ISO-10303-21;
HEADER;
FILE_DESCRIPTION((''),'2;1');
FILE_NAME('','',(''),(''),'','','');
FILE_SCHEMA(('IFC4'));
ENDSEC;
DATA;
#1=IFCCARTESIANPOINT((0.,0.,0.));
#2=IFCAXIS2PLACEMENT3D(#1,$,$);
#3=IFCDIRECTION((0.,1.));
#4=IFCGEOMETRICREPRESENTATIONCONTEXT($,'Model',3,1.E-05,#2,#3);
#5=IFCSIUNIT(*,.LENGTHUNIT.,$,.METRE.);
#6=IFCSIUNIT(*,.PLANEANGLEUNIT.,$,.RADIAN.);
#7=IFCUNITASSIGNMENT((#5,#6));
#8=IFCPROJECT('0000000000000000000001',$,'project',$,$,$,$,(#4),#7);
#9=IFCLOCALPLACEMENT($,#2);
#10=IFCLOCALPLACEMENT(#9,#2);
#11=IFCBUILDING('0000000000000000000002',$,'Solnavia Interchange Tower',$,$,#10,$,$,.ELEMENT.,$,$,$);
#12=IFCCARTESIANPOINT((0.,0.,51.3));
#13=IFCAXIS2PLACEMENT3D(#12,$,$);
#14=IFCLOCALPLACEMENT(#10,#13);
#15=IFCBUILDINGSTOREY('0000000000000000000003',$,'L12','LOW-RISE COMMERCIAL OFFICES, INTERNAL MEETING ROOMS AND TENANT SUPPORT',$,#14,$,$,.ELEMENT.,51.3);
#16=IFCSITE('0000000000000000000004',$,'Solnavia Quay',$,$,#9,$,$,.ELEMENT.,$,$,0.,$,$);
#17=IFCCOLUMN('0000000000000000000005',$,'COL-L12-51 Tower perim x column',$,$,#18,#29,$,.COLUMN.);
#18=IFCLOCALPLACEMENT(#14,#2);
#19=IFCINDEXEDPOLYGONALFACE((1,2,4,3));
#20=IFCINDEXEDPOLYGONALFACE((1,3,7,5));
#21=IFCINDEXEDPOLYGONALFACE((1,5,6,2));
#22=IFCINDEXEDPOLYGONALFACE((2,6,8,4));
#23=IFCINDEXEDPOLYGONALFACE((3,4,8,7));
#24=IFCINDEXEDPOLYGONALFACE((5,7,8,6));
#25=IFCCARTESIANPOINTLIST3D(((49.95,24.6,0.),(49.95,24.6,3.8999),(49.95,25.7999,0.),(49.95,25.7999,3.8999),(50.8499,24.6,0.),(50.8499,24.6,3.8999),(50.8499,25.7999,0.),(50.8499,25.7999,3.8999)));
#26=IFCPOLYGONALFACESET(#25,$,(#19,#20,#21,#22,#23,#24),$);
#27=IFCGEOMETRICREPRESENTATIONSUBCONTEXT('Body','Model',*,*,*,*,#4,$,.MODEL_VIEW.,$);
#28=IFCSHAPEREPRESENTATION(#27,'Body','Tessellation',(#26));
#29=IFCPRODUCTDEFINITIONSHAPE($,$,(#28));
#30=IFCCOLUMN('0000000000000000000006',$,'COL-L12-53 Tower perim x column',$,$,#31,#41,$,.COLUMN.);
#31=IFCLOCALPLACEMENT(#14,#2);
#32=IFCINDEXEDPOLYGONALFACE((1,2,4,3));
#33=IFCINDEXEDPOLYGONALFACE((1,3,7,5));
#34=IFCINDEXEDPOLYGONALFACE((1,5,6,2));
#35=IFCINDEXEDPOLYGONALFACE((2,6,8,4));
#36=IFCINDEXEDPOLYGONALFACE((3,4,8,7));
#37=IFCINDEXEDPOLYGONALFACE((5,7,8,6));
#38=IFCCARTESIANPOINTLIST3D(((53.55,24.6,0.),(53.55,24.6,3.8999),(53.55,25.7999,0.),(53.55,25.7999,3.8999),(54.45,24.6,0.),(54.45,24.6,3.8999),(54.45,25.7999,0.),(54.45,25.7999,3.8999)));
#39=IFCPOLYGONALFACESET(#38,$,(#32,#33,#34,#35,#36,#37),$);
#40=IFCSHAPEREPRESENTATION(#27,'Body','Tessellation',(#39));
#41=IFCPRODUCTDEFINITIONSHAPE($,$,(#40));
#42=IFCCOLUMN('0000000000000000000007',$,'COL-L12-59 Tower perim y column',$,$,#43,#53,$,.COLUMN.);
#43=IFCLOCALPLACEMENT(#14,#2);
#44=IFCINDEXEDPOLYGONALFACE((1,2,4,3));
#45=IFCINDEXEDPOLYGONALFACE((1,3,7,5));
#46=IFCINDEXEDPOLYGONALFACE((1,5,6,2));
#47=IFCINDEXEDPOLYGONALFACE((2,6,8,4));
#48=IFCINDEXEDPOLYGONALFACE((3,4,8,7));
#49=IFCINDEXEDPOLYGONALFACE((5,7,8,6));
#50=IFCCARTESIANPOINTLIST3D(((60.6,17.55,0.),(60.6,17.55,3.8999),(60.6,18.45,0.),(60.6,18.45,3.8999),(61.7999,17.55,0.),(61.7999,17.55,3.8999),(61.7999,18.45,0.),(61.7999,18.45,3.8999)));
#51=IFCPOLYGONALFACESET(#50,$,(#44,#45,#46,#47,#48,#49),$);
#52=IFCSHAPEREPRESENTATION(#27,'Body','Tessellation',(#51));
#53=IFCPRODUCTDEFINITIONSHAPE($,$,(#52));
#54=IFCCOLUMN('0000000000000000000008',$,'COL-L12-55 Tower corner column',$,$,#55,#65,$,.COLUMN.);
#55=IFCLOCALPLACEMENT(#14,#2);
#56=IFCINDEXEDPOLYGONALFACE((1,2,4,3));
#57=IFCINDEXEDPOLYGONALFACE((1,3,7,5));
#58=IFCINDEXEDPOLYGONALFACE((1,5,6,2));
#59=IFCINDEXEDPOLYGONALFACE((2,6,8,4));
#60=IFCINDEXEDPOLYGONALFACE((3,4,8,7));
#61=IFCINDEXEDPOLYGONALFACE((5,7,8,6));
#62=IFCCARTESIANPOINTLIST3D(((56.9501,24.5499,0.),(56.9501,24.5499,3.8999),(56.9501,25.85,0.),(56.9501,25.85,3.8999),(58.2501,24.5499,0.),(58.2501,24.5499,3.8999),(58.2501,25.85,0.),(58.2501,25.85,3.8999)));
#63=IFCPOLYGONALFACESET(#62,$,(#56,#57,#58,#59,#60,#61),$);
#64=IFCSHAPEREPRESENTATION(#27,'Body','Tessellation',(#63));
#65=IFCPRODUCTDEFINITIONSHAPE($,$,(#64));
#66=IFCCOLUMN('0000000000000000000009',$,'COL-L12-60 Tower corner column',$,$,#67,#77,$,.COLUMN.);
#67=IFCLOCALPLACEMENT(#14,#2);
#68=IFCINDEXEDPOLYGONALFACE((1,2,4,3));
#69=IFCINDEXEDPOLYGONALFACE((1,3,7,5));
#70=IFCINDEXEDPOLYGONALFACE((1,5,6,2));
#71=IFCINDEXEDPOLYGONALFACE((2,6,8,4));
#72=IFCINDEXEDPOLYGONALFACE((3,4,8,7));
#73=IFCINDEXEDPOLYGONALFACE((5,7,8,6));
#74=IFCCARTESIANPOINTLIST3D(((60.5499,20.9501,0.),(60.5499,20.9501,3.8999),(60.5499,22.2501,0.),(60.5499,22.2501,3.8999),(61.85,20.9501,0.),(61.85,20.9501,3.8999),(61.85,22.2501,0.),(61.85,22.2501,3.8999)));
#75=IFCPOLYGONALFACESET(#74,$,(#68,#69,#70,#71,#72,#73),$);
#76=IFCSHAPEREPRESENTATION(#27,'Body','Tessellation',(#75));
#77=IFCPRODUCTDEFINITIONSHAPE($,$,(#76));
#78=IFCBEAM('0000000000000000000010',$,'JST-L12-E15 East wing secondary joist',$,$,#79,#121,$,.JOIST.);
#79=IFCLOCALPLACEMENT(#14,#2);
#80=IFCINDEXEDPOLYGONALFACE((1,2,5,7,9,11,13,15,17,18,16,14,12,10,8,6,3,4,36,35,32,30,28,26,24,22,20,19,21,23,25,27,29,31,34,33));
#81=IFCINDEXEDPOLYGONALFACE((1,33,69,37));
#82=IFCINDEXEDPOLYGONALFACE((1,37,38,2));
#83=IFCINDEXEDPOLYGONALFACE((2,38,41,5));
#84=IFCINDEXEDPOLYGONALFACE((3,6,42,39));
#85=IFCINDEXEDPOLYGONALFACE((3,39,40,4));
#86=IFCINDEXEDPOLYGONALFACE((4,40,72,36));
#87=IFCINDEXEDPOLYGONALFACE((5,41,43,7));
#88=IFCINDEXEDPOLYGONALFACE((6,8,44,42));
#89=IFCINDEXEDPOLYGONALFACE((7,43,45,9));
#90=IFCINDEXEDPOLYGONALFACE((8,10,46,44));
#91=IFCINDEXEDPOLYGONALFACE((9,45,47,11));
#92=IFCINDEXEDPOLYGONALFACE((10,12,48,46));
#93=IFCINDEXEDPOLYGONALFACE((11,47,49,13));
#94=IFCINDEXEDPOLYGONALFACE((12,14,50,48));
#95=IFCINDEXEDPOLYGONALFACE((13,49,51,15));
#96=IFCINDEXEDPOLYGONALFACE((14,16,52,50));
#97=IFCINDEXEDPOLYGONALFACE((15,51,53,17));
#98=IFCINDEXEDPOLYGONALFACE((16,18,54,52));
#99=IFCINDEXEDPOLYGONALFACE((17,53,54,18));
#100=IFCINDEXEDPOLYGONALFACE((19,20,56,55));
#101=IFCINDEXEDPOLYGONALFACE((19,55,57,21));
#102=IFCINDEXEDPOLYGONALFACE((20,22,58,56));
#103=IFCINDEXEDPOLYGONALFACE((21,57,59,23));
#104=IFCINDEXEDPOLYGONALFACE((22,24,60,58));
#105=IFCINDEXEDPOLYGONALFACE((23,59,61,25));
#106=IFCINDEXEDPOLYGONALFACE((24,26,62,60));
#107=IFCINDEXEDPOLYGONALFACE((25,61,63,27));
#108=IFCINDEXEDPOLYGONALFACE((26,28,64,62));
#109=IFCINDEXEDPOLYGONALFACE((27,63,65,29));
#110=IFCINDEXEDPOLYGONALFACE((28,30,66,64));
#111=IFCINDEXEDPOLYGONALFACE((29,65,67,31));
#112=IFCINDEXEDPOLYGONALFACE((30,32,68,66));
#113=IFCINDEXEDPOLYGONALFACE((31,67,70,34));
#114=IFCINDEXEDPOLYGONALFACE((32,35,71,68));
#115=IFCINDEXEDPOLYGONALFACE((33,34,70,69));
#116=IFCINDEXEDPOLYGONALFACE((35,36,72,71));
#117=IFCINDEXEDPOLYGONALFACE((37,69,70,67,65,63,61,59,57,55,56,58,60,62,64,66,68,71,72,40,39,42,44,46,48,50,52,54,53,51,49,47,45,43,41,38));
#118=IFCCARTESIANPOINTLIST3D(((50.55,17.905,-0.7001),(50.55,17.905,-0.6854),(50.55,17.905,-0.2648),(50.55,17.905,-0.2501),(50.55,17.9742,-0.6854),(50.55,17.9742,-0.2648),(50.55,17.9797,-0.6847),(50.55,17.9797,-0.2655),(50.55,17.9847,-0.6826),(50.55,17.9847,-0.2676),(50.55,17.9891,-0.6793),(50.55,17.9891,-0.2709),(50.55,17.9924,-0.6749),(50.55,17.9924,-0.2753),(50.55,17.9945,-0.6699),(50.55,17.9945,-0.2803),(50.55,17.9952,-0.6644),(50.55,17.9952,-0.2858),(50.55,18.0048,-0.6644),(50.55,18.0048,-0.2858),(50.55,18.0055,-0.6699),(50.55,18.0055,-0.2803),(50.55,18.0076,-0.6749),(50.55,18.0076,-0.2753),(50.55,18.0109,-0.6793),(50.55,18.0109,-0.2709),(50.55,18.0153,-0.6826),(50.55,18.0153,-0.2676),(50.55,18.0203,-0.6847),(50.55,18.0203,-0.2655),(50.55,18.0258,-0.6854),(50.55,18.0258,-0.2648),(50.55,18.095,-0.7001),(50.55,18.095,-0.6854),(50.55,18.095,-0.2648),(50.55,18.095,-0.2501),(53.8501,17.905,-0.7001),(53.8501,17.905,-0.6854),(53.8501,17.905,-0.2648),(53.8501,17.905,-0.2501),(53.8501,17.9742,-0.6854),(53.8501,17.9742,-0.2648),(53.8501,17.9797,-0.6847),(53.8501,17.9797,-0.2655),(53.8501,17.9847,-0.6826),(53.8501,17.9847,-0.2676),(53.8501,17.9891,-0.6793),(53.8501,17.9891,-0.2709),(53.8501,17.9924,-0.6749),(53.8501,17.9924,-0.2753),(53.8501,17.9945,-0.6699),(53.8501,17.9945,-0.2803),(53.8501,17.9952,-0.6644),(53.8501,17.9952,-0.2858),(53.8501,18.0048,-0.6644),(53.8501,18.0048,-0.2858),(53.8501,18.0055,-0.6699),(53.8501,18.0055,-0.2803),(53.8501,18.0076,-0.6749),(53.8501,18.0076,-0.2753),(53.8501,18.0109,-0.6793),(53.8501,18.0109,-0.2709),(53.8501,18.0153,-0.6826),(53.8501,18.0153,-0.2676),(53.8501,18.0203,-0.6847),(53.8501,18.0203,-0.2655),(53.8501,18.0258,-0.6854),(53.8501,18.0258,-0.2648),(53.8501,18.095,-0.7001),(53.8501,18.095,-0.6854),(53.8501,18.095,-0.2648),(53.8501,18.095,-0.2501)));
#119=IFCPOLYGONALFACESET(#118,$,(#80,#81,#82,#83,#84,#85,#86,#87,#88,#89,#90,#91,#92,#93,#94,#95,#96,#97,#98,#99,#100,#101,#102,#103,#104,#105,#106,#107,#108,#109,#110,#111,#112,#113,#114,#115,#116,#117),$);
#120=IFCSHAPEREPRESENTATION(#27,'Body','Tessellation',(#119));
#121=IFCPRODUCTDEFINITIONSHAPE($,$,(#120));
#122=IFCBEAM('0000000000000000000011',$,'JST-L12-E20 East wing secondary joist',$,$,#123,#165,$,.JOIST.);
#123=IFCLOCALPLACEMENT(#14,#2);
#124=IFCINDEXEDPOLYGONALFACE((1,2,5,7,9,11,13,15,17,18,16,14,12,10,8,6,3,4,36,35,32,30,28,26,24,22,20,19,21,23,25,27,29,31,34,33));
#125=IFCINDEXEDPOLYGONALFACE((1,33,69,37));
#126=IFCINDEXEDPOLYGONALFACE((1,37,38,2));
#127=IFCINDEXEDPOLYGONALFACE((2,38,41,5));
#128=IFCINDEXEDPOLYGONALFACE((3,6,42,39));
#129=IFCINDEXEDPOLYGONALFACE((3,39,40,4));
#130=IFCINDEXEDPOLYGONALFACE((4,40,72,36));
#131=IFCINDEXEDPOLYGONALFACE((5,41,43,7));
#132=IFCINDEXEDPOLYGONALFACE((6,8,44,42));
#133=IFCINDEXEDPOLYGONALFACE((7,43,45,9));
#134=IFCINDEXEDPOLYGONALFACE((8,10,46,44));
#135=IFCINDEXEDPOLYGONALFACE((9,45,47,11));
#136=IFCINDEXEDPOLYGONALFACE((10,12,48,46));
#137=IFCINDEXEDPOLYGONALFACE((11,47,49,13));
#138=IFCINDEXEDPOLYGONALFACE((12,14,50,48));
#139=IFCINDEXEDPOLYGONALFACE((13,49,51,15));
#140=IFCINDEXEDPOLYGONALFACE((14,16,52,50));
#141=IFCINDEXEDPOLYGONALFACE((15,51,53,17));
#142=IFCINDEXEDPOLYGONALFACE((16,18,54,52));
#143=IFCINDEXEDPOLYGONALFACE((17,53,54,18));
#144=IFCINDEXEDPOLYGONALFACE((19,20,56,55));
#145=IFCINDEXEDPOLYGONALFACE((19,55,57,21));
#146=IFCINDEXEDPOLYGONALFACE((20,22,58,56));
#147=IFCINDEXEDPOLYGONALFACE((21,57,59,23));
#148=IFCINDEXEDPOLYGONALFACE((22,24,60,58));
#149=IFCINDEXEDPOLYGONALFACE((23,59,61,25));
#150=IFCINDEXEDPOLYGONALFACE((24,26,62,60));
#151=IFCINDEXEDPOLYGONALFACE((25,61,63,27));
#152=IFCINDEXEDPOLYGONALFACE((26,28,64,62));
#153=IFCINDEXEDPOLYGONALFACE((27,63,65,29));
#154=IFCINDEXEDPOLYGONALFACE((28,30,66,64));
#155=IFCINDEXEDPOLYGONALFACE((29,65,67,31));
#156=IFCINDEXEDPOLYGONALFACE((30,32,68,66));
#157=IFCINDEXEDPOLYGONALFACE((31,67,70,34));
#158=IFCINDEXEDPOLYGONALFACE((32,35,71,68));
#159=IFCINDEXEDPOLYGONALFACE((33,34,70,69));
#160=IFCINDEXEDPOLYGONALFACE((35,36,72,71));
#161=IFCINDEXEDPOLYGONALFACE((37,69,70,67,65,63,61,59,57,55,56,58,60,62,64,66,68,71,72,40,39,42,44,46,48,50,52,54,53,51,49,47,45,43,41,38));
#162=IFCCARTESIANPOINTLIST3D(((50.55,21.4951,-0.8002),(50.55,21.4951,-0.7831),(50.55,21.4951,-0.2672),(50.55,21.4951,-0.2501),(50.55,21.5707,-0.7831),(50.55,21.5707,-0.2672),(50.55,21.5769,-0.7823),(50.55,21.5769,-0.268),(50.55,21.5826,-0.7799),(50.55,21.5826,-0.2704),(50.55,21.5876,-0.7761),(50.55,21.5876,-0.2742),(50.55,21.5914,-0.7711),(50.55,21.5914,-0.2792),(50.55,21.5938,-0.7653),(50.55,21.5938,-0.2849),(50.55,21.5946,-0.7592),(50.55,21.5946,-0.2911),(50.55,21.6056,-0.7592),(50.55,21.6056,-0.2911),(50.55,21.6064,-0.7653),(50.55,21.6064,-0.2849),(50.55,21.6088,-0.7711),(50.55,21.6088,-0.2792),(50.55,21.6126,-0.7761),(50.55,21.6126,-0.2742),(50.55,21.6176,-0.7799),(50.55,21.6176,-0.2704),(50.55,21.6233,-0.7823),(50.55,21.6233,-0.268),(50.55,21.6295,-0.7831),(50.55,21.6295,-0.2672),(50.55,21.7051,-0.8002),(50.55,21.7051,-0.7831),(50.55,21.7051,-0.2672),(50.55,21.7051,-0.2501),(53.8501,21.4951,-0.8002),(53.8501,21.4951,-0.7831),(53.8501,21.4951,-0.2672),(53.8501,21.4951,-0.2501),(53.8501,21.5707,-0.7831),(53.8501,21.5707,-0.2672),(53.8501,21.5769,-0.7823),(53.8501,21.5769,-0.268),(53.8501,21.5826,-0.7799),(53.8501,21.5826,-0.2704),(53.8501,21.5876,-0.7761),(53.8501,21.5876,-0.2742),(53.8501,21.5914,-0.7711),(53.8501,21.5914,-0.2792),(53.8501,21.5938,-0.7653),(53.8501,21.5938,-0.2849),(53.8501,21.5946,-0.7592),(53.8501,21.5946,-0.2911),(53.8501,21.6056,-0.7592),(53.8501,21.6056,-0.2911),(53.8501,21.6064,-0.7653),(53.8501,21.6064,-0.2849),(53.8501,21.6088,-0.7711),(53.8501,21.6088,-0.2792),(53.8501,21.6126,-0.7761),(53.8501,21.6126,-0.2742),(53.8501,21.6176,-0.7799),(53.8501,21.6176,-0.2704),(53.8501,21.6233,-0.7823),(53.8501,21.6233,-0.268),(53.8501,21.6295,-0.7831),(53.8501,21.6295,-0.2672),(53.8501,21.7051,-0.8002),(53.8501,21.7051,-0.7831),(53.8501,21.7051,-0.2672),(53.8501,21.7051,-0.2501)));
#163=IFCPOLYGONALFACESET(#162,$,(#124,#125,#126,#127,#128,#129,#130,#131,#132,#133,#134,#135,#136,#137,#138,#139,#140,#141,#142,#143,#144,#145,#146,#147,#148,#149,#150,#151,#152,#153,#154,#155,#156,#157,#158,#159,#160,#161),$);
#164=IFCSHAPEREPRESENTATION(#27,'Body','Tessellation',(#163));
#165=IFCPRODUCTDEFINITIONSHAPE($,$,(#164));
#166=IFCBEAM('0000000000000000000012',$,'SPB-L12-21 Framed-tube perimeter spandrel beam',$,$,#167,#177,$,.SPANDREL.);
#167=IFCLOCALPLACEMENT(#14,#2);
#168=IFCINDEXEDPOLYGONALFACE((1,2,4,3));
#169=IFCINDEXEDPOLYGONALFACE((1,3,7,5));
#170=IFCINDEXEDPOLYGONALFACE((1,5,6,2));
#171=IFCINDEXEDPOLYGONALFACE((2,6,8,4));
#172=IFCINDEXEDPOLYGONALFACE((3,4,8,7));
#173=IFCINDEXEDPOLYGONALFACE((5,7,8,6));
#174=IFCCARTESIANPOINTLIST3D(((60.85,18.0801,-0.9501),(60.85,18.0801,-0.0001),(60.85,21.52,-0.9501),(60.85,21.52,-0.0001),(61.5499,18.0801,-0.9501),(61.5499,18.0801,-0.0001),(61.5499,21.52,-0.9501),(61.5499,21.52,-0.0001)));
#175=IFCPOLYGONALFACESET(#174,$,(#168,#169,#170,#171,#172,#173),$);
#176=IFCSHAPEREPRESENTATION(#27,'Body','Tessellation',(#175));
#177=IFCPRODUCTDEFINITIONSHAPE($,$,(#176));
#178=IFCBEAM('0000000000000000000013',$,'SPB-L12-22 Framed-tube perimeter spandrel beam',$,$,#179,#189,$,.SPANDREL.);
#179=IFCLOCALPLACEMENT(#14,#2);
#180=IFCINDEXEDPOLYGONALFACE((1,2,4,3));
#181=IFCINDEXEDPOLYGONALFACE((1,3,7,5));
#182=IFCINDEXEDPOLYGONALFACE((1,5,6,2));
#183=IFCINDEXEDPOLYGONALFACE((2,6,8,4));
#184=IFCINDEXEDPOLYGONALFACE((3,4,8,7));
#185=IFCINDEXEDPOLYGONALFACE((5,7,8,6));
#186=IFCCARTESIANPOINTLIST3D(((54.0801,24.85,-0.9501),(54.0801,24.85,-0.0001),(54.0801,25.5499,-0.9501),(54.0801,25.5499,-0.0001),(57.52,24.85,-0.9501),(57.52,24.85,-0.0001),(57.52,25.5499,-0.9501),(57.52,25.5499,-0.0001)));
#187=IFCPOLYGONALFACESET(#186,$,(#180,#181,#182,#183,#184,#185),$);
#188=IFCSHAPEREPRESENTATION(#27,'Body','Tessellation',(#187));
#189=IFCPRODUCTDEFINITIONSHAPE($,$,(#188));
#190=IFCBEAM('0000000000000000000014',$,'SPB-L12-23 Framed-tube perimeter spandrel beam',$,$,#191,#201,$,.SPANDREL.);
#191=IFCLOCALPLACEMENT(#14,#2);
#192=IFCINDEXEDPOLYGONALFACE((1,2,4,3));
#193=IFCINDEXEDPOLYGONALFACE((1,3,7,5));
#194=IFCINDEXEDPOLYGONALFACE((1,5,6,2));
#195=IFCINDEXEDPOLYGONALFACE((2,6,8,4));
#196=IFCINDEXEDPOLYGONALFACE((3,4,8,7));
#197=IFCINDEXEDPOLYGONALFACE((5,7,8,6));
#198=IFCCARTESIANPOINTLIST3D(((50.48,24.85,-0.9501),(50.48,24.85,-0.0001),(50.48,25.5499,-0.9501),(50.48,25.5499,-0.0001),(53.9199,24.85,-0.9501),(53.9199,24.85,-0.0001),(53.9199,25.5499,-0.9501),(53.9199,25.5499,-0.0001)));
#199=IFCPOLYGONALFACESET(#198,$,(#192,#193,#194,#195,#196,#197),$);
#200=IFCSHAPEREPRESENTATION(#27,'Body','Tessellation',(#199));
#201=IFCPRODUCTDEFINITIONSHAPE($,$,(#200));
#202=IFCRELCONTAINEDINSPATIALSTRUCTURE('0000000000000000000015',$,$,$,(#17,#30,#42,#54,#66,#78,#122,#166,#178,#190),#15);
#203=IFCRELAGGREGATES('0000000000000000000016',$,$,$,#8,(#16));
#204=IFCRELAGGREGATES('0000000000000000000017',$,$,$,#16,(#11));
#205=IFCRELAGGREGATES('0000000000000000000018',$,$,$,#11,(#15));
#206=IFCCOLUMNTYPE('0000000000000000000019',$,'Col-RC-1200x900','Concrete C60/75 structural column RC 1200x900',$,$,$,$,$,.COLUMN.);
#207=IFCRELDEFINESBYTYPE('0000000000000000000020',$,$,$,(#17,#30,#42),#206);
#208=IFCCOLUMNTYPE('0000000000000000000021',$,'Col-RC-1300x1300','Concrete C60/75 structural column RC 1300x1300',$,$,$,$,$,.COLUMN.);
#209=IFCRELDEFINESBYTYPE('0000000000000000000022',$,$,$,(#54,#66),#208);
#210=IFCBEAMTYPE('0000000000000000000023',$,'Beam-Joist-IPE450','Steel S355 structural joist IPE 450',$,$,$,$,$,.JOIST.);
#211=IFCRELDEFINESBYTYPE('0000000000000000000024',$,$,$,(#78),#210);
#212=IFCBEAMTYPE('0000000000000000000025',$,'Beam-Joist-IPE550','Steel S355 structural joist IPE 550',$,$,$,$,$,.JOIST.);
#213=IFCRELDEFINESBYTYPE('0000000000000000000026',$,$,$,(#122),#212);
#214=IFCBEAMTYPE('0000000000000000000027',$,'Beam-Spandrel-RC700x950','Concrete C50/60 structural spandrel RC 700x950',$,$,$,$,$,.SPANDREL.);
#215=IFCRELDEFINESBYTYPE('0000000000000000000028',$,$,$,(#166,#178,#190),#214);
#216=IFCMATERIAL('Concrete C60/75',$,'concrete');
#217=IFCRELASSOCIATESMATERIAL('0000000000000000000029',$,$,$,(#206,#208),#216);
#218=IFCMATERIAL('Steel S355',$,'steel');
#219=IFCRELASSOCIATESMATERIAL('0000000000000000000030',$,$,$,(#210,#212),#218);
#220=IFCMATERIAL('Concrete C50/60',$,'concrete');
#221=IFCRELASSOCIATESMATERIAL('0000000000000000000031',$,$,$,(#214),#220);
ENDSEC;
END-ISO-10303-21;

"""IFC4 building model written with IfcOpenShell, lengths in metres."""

from ifc_helpers import new_model, si_unit, direction, frame, origin, origin_2d, place, context, subcontext, project, spatial, rectangle, i_section, extrude, material, material_profile, profile_set, type_object, element, save


model = new_model("IFC4")

# Units and contexts
model_context = context("Model", 3, precision=1e-05, world=origin(), true_north=direction((0.0, 1.0)))
body_context = subcontext(model_context, "Body", "Model", "MODEL_VIEW")
ifc_project = project(units=[si_unit("LENGTHUNIT", "METRE"), si_unit("PLANEANGLEUNIT", "RADIAN")], contexts=[model_context])

# Site, building, storey
site_placement = place(None, origin())
site = spatial("IfcSite", under=ifc_project, at=site_placement, Name="Solnavia Quay", CompositionType="ELEMENT", RefElevation=0.0)
building_placement = place(site_placement, origin())
building = spatial("IfcBuilding", under=site, at=building_placement, Name="Solnavia Interchange Tower", CompositionType="ELEMENT")
storey_placement = place(building_placement, frame((0.0, 0.0, 51.3)))
storey = spatial("IfcBuildingStorey", under=building, at=storey_placement, Name="L12", Description="LOW-RISE COMMERCIAL OFFICES, INTERNAL MEETING ROOMS AND TENANT SUPPORT", CompositionType="ELEMENT", Elevation=51.3)

# Columns
ifc_material_1 = material(Name="Concrete C60/75", Category="concrete")
ifc_material_profile_1 = material_profile(ifc_material_1, rectangle(XDim=0.8999, YDim=1.2, at=origin_2d()), Name="RC 1200x900")
ifc_profile_set_1 = profile_set([ifc_material_profile_1], Name="Concrete C60/75")
column_type_1 = type_object("IfcColumnType", Name="Col-RC-1200x900", Description="Concrete C60/75 structural column RC 1200x900", PredefinedType="COLUMN", material=ifc_profile_set_1)
for number, where, z_axis, x_axis, name in (
    (1, (50.3999, 25.2, 0.0), (0.0, 0.0, 1.0), (1.0, 0.0, 0.0), "COL-L12-51 Tower perim x column"),
    (2, (54.0, 25.2, 0.0), (0.0, 0.0, 1.0), (1.0, 0.0, 0.0), "COL-L12-53 Tower perim x column"),
    (3, (61.2, 18.0, 0.0), (0.0, 0.0, 1.0), (0.0, 1.0, 0.0), "COL-L12-59 Tower perim y column"),
):
    element("IfcColumn", number, at=place(storey_placement, frame(where, z_axis=z_axis, x_axis=x_axis)), inside=storey, type_object=column_type_1, Name=name, PredefinedType="COLUMN", context=body_context, shape_type="SweptSolid", body=[
        extrude(rectangle(XDim=0.8999, YDim=1.2, at=origin_2d()), origin(), (0.0, 0.0, 1.0), 3.8999),
    ])
ifc_material_profile_2 = material_profile(ifc_material_1, rectangle(XDim=1.3, YDim=1.3, at=origin_2d()), Name="RC 1300x1300")
ifc_profile_set_2 = profile_set([ifc_material_profile_2], Name="Concrete C60/75")
column_type_2 = type_object("IfcColumnType", Name="Col-RC-1300x1300", Description="Concrete C60/75 structural column RC 1300x1300", PredefinedType="COLUMN", material=ifc_profile_set_2)
for number, where, z_axis, x_axis, name in (
    (4, (57.6001, 25.2, 0.0), (0.0, 0.0, 1.0), (1.0, 0.0, 0.0), "COL-L12-55 Tower corner column"),
    (5, (61.2, 21.6001, 0.0), (0.0, 0.0, 1.0), (0.0, 1.0, 0.0), "COL-L12-60 Tower corner column"),
):
    element("IfcColumn", number, at=place(storey_placement, frame(where, z_axis=z_axis, x_axis=x_axis)), inside=storey, type_object=column_type_2, Name=name, PredefinedType="COLUMN", context=body_context, shape_type="SweptSolid", body=[
        extrude(rectangle(XDim=1.3, YDim=1.3, at=origin_2d()), origin(), (0.0, 0.0, 1.0), 3.8999),
    ])

# Beams
ifc_material_2 = material(Name="Steel S355", Category="steel")
ifc_material_profile_3 = material_profile(ifc_material_2, i_section(OverallWidth=0.1899, OverallDepth=0.45, WebThickness=0.0095, FlangeThickness=0.0146, FilletRadius=0.021, at=origin_2d()), Name="IPE 450")
ifc_profile_set_3 = profile_set([ifc_material_profile_3], Name="Steel S355")
beam_type_1 = type_object("IfcBeamType", Name="Beam-Joist-IPE450", Description="Steel S355 structural joist IPE 450", PredefinedType="JOIST", material=ifc_profile_set_3)
beam_1_placement = place(storey_placement, frame((50.55, 18.0, -0.4751), z_axis=(1.0, 0.0, 0.0), x_axis=(0.0, 1.0, 0.0)))
element("IfcBeam", 6, at=beam_1_placement, inside=storey, type_object=beam_type_1, Name="JST-L12-E15 East wing secondary joist", PredefinedType="JOIST", context=body_context, shape_type="SweptSolid", body=[
    extrude(i_section(OverallWidth=0.1899, OverallDepth=0.45, WebThickness=0.0095, FlangeThickness=0.0146, FilletRadius=0.021, at=origin_2d()), origin(), (0.0, 0.0, 1.0), 3.3),
])
ifc_material_profile_4 = material_profile(ifc_material_2, i_section(OverallWidth=0.21, OverallDepth=0.55, WebThickness=0.011, FlangeThickness=0.0171, FilletRadius=0.0239, at=origin_2d()), Name="IPE 550")
ifc_profile_set_4 = profile_set([ifc_material_profile_4], Name="Steel S355")
beam_type_2 = type_object("IfcBeamType", Name="Beam-Joist-IPE550", Description="Steel S355 structural joist IPE 550", PredefinedType="JOIST", material=ifc_profile_set_4)
beam_2_placement = place(storey_placement, frame((50.55, 21.6001, -0.5251), z_axis=(1.0, 0.0, 0.0), x_axis=(0.0, 1.0, 0.0)))
element("IfcBeam", 7, at=beam_2_placement, inside=storey, type_object=beam_type_2, Name="JST-L12-E20 East wing secondary joist", PredefinedType="JOIST", context=body_context, shape_type="SweptSolid", body=[
    extrude(i_section(OverallWidth=0.21, OverallDepth=0.55, WebThickness=0.011, FlangeThickness=0.0171, FilletRadius=0.0239, at=origin_2d()), origin(), (0.0, 0.0, 1.0), 3.3),
])
ifc_material_3 = material(Name="Concrete C50/60", Category="concrete")
ifc_material_profile_5 = material_profile(ifc_material_3, rectangle(XDim=0.7, YDim=0.95, at=origin_2d()), Name="RC 700x950")
ifc_profile_set_5 = profile_set([ifc_material_profile_5], Name="Concrete C50/60")
beam_type_3 = type_object("IfcBeamType", Name="Beam-Spandrel-RC700x950", Description="Concrete C50/60 structural spandrel RC 700x950", PredefinedType="SPANDREL", material=ifc_profile_set_5)
for number, where, z_axis, x_axis, name in (
    (8, (61.2, 18.0801, -0.4751), (0.0, 1.0, 0.0), (-1.0, 0.0, 0.0), "SPB-L12-21 Framed-tube perimeter spandrel beam"),
    (9, (57.52, 25.2, -0.4751), (-1.0, 0.0, 0.0), (0.0, -1.0, 0.0), "SPB-L12-22 Framed-tube perimeter spandrel beam"),
    (10, (53.9199, 25.2, -0.4751), (-1.0, 0.0, 0.0), (0.0, -1.0, 0.0), "SPB-L12-23 Framed-tube perimeter spandrel beam"),
):
    element("IfcBeam", number, at=place(storey_placement, frame(where, z_axis=z_axis, x_axis=x_axis)), inside=storey, type_object=beam_type_3, Name=name, PredefinedType="SPANDREL", context=body_context, shape_type="SweptSolid", body=[
        extrude(rectangle(XDim=0.7, YDim=0.95, at=origin_2d()), origin(), (0.0, 0.0, 1.0), 3.4399),
    ])

save(model, "model.ifc")
